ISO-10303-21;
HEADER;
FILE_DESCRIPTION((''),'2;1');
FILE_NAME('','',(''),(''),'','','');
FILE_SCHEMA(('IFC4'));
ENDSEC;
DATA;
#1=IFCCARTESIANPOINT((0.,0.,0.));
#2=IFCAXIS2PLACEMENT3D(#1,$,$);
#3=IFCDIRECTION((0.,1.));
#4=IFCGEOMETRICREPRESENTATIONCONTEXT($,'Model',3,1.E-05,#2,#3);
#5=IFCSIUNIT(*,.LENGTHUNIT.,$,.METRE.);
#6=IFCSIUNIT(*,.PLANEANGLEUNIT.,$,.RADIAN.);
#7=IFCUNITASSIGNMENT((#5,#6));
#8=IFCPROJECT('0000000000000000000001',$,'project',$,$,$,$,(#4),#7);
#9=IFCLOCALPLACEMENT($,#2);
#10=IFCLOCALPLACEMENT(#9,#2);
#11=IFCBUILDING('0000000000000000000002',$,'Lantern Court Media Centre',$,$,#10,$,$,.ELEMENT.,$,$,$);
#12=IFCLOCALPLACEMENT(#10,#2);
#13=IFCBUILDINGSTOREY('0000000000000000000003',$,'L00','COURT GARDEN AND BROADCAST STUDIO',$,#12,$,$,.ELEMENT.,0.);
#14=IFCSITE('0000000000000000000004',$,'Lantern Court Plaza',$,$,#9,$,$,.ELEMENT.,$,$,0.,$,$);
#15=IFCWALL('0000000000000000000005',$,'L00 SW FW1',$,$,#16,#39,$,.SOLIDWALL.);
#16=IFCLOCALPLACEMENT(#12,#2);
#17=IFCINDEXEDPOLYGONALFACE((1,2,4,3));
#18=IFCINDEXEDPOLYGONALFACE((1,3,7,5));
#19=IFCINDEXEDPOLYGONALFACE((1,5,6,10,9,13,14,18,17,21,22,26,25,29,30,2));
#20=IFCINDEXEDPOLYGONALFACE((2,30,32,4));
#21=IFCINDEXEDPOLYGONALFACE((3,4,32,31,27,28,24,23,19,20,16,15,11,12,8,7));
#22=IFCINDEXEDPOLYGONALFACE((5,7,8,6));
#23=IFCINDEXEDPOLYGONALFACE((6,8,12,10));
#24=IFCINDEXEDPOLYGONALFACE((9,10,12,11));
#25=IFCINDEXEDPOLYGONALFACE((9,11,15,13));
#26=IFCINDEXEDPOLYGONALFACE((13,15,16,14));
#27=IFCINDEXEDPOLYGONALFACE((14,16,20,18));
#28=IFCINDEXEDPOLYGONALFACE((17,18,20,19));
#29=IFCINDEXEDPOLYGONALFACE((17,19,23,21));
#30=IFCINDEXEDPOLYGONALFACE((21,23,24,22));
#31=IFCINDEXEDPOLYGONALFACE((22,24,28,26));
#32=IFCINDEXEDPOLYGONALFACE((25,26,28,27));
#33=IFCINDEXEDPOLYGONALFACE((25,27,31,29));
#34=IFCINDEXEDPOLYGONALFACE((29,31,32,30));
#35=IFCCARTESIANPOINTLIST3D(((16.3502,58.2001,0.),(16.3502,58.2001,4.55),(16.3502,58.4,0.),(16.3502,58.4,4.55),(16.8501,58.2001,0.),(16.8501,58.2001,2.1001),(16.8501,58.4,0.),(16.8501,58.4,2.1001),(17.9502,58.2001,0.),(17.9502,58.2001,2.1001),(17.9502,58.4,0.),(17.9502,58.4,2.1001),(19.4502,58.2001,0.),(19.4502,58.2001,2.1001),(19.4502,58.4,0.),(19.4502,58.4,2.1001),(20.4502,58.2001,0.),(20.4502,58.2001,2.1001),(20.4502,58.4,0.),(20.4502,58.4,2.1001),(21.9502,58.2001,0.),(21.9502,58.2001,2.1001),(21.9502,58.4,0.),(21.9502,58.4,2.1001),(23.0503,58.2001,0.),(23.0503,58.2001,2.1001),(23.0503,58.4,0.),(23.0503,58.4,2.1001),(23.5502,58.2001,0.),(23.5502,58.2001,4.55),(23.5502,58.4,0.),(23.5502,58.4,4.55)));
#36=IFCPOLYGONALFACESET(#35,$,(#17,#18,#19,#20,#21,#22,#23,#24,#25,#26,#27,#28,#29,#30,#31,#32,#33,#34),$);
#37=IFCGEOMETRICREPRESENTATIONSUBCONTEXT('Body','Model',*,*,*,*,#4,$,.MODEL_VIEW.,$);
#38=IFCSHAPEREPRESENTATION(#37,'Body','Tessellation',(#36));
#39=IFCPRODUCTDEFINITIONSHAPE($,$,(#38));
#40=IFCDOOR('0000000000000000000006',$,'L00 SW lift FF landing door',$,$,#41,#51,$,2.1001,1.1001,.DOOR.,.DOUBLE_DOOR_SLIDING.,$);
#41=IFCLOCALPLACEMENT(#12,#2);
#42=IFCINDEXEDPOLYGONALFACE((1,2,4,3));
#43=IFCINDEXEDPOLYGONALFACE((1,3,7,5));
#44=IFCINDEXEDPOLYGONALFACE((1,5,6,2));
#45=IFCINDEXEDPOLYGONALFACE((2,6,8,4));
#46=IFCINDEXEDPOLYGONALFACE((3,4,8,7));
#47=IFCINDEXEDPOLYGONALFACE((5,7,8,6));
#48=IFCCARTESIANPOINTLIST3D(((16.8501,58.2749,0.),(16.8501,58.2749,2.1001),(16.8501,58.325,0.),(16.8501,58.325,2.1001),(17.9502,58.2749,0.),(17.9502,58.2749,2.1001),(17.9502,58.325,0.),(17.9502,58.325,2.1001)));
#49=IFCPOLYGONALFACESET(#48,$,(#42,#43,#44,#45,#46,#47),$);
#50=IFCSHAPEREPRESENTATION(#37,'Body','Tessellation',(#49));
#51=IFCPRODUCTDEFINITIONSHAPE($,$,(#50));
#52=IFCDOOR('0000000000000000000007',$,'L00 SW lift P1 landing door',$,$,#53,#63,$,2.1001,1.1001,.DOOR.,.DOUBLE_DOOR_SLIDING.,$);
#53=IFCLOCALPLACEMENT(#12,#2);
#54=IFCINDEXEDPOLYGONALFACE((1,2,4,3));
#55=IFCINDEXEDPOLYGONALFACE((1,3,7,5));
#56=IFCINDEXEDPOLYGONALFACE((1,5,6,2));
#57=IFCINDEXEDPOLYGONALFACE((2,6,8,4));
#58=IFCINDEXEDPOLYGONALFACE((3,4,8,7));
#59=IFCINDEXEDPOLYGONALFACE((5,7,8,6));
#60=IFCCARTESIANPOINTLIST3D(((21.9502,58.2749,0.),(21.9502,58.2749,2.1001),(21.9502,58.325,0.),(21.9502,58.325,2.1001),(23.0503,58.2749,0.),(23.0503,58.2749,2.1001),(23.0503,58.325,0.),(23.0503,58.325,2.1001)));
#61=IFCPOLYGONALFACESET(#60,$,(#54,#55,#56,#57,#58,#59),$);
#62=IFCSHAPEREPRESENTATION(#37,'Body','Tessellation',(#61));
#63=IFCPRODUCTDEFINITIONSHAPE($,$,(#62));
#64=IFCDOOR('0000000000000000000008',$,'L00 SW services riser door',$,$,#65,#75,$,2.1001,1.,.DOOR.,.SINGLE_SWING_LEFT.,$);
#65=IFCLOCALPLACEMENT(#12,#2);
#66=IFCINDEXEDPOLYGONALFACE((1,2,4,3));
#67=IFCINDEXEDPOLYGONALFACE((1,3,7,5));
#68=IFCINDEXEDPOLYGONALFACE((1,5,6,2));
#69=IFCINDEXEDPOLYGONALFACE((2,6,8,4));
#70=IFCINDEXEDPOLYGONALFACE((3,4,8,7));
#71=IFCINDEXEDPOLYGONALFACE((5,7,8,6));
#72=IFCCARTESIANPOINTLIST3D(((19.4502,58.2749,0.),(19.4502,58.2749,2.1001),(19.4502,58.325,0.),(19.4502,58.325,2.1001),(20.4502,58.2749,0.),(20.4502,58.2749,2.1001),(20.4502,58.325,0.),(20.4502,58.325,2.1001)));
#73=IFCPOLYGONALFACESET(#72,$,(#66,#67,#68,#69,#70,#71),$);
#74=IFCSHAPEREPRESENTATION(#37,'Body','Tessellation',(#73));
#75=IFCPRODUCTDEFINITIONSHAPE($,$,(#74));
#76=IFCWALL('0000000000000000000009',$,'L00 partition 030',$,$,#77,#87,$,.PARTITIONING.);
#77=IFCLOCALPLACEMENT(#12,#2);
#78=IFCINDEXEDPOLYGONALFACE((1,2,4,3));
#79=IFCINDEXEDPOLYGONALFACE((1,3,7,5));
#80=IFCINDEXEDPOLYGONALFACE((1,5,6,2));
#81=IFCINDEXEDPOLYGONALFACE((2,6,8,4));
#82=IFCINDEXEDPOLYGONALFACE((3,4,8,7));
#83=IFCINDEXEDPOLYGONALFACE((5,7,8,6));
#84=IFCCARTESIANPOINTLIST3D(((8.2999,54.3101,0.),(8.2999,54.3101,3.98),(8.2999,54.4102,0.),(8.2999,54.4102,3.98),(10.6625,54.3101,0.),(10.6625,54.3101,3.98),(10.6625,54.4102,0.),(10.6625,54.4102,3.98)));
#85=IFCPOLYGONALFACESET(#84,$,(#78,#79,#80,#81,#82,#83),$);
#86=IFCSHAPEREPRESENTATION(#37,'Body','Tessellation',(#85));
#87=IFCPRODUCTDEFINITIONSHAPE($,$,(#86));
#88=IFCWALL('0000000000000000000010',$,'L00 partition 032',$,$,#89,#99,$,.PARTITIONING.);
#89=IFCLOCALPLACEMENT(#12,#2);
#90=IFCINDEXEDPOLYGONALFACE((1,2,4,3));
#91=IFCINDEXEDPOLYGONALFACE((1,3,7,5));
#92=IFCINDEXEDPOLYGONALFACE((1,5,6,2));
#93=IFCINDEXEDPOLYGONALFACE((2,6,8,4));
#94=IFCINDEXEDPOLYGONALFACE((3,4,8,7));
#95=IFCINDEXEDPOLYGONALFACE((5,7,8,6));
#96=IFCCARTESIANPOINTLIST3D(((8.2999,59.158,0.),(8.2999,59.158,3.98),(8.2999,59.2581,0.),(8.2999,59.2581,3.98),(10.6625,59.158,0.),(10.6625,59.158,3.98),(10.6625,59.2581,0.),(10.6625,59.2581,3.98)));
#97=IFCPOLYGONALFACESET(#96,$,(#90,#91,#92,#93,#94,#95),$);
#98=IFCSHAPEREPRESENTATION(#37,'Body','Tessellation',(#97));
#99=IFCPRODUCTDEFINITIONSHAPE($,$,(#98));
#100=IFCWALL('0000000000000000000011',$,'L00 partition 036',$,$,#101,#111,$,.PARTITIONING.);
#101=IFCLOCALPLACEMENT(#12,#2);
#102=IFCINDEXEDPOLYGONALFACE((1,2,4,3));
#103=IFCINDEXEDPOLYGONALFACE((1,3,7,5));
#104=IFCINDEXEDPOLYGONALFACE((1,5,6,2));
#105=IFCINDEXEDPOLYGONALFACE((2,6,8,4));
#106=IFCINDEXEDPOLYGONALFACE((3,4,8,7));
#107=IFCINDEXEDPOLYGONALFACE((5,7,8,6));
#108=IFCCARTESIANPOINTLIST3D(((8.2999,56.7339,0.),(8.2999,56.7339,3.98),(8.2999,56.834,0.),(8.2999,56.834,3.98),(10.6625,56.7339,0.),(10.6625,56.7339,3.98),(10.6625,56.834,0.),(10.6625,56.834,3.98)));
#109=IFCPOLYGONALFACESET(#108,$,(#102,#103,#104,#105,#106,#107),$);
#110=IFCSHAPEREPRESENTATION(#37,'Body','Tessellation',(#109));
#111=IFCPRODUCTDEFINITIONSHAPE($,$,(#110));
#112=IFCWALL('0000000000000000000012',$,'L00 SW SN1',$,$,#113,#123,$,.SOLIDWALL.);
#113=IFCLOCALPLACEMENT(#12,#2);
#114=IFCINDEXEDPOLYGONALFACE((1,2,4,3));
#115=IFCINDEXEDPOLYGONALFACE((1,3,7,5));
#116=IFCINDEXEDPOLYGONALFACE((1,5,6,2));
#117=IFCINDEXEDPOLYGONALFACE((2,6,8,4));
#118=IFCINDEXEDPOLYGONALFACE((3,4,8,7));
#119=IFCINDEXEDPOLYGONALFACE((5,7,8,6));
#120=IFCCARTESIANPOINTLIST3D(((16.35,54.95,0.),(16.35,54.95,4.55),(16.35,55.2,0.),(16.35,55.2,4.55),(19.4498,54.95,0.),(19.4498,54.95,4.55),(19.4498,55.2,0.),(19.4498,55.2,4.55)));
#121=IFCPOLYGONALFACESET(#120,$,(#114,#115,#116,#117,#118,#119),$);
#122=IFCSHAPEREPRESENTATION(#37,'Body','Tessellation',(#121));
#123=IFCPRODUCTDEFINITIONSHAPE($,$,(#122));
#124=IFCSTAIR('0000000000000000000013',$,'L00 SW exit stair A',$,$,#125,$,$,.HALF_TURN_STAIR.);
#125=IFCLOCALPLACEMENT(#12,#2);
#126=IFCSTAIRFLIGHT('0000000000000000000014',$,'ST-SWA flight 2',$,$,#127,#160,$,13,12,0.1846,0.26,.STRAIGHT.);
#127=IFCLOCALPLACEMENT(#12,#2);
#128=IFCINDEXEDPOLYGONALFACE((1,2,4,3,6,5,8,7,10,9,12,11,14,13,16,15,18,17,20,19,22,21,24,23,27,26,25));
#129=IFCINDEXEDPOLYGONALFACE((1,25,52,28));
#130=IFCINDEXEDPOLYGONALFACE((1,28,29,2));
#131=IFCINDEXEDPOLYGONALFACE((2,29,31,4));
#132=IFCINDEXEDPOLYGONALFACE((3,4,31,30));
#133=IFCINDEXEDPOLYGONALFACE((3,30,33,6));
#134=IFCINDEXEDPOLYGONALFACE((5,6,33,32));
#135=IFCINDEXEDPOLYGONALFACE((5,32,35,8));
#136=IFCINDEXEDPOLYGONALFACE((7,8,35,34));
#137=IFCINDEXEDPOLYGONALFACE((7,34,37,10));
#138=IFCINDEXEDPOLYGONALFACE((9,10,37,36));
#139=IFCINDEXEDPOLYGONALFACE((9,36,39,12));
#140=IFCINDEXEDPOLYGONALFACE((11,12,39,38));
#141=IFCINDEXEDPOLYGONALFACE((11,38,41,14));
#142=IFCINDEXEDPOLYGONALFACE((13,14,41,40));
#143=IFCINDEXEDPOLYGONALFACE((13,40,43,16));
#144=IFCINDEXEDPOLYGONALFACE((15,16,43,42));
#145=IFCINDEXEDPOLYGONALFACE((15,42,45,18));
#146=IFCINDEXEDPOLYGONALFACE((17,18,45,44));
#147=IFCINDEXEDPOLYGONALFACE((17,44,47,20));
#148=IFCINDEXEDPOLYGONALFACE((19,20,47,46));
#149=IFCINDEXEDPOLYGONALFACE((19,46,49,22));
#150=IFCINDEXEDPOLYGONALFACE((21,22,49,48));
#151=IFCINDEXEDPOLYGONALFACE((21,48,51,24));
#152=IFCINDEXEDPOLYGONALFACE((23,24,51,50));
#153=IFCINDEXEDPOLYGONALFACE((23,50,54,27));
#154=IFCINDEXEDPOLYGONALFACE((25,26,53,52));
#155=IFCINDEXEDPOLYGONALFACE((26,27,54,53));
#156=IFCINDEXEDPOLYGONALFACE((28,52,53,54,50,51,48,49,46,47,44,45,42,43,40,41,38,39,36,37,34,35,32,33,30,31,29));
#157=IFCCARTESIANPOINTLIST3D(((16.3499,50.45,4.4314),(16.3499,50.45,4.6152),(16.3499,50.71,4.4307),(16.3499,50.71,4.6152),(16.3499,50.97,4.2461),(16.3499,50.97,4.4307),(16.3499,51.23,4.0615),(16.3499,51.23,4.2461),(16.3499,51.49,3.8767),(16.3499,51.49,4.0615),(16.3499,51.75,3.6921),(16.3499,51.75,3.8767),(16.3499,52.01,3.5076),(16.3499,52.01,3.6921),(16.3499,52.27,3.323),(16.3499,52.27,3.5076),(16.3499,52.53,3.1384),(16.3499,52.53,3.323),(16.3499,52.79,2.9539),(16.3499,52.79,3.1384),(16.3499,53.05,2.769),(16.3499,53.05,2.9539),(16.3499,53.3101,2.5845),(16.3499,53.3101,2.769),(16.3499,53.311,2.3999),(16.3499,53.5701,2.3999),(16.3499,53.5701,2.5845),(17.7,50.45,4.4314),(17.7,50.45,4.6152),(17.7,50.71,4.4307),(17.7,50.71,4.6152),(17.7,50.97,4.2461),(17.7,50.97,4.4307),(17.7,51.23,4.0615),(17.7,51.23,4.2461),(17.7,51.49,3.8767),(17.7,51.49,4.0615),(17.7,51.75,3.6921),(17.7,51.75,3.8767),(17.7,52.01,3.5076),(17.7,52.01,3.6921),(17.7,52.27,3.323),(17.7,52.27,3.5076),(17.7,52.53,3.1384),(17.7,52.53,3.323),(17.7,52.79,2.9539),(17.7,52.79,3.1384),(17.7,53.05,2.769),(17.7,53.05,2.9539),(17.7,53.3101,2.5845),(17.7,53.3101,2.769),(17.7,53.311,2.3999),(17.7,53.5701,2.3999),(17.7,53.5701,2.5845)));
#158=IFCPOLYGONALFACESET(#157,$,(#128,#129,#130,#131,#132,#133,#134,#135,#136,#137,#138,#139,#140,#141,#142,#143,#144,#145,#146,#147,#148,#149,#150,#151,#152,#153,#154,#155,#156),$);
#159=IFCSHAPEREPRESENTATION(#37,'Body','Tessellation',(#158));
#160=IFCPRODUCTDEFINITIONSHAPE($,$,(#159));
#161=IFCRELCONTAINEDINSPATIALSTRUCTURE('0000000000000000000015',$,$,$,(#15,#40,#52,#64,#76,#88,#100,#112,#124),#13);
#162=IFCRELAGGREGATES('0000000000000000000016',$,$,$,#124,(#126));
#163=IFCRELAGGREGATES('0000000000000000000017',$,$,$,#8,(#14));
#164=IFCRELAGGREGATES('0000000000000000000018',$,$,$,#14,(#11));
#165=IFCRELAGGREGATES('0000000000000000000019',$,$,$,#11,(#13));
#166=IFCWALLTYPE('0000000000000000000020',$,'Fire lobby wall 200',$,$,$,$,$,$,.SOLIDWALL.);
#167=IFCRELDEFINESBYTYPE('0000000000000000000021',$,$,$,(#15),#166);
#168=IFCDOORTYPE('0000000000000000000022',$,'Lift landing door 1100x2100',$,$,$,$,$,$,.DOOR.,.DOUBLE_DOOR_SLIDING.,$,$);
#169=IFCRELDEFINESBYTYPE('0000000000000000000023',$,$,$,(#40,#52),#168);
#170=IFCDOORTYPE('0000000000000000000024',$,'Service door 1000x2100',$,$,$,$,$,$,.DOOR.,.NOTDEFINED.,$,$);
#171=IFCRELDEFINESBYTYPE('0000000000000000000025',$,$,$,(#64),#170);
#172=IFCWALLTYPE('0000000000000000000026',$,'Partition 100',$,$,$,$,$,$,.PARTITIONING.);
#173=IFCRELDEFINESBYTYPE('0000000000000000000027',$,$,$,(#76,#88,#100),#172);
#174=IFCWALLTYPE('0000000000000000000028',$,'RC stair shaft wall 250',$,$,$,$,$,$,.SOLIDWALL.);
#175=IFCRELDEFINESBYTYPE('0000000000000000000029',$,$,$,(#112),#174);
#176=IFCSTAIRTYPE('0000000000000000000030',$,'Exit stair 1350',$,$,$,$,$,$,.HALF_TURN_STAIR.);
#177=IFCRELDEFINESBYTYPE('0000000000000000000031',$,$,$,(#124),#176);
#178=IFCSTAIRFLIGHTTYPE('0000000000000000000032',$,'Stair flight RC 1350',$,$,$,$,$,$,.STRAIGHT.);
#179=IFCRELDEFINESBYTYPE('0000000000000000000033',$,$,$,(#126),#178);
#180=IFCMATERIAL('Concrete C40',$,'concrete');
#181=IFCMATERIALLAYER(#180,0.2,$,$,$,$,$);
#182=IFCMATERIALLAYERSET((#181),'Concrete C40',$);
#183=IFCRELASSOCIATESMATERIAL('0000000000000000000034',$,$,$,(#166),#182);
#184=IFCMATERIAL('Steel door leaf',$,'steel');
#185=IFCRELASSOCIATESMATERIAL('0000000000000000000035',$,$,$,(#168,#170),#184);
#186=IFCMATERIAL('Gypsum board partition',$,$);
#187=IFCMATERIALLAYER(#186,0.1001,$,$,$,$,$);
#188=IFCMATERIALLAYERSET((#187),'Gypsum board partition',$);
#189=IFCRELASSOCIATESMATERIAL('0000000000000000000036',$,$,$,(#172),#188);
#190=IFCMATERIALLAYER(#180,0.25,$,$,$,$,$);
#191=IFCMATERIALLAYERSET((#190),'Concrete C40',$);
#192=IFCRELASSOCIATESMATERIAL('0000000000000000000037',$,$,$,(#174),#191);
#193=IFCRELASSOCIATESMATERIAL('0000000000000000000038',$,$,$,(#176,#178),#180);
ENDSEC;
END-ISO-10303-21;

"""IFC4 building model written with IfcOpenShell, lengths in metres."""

from ifc_helpers import new_model, si_unit, direction, frame, frame_2d, origin, place, context, subcontext, project, spatial, polyline, rectangle, outline, extrude, material, layer, layer_set, type_object, element, fill, aggregate, save


model = new_model("IFC4")

# Units and contexts
model_context = context("Model", 3, precision=1e-05, world=origin(), true_north=direction((0.0, 1.0)))
body_context = subcontext(model_context, "Body", "Model", "MODEL_VIEW")
ifc_project = project(units=[si_unit("LENGTHUNIT", "METRE"), si_unit("PLANEANGLEUNIT", "RADIAN")], contexts=[model_context])

# Site, building, storey
site_placement = place(None, origin())
site = spatial("IfcSite", under=ifc_project, at=site_placement, Name="Lantern Court Plaza", CompositionType="ELEMENT", RefElevation=0.0)
building_placement = place(site_placement, origin())
building = spatial("IfcBuilding", under=site, at=building_placement, Name="Lantern Court Media Centre", CompositionType="ELEMENT")
storey_placement = place(building_placement, origin())
storey = spatial("IfcBuildingStorey", under=building, at=storey_placement, Name="L00", Description="COURT GARDEN AND BROADCAST STUDIO", CompositionType="ELEMENT", Elevation=0.0)

# Shared definitions
ifc_material_1 = material(Name="Gypsum board partition")

# Wall, openings, doors
ifc_material_2 = material(Name="Concrete C40", Category="concrete")
ifc_layer_1 = layer(ifc_material_2, 0.2)
ifc_layer_set_1 = layer_set([ifc_layer_1], Name="Concrete C40")
wall_type_1 = type_object("IfcWallType", Name="Fire lobby wall 200", PredefinedType="SOLIDWALL", material=ifc_layer_set_1)
wall_1_placement = place(storey_placement, frame((16.3501, 58.3, 0.0), z_axis=(0.0, 0.0, 1.0), x_axis=(1.0, 0.0, 0.0)))
wall_1 = element("IfcWall", 1, at=wall_1_placement, inside=storey, type_object=wall_type_1, Name="L00 SW FW1", PredefinedType="SOLIDWALL", context=body_context, shape_type="SweptSolid", body=[
    extrude(rectangle(XDim=7.2, YDim=0.2, at=frame_2d((3.6001, 0.0))), origin(), (0.0, 0.0, 1.0), 4.55),
])
opening_1_placement = place(wall_1_placement, frame((0.5, 0.0, 0.0)))
opening_1 = element("IfcOpeningElement", 2, at=opening_1_placement, cuts=wall_1, PredefinedType="OPENING", context=body_context, shape_type="SweptSolid", body=[
    extrude(rectangle(XDim=1.1001, YDim=2.1001, at=frame_2d((0.55, 1.05))), frame((0.0, 0.1099, 0.0), z_axis=(0.0, -1.0, 0.0), x_axis=(1.0, 0.0, 0.0)), (0.0, 0.0, 1.0), 0.22),
])
opening_2_placement = place(wall_1_placement, frame((5.6001, 0.0, 0.0)))
opening_2 = element("IfcOpeningElement", 3, at=opening_2_placement, cuts=wall_1, PredefinedType="OPENING", context=body_context, shape_type="SweptSolid", body=[
    extrude(rectangle(XDim=1.1001, YDim=2.1001, at=frame_2d((0.55, 1.05))), frame((0.0, 0.1099, 0.0), z_axis=(0.0, -1.0, 0.0), x_axis=(1.0, 0.0, 0.0)), (0.0, 0.0, 1.0), 0.22),
])
opening_3_placement = place(wall_1_placement, frame((3.1001, 0.0, 0.0)))
opening_3 = element("IfcOpeningElement", 4, at=opening_3_placement, cuts=wall_1, PredefinedType="OPENING", context=body_context, shape_type="SweptSolid", body=[
    extrude(rectangle(XDim=1.0, YDim=2.1001, at=frame_2d((0.5, 1.05))), frame((0.0, 0.1099, 0.0), z_axis=(0.0, -1.0, 0.0), x_axis=(1.0, 0.0, 0.0)), (0.0, 0.0, 1.0), 0.22),
])
ifc_material_3 = material(Name="Steel door leaf", Category="steel")
door_type_1 = type_object("IfcDoorType", Name="Lift landing door 1100x2100", OperationType="DOUBLE_DOOR_SLIDING", PredefinedType="DOOR", material=ifc_material_3)
door_1_placement = place(opening_1_placement, origin())
door_1 = element("IfcDoor", 5, at=door_1_placement, inside=storey, type_object=door_type_1, Name="L00 SW lift FF landing door", OperationType="DOUBLE_DOOR_SLIDING", OverallHeight=2.1001, OverallWidth=1.1001, PredefinedType="DOOR", context=body_context, shape_type="SweptSolid", body=[
    extrude(rectangle(XDim=1.1001, YDim=2.1001, at=frame_2d((0.55, 1.05))), frame((0.0, 0.0249, 0.0), z_axis=(0.0, -1.0, 0.0), x_axis=(1.0, 0.0, 0.0)), (0.0, 0.0, 1.0), 0.05),
])
fill(opening_1, door_1)
door_2_placement = place(opening_2_placement, origin())
door_2 = element("IfcDoor", 6, at=door_2_placement, inside=storey, type_object=door_type_1, Name="L00 SW lift P1 landing door", OperationType="DOUBLE_DOOR_SLIDING", OverallHeight=2.1001, OverallWidth=1.1001, PredefinedType="DOOR", context=body_context, shape_type="SweptSolid", body=[
    extrude(rectangle(XDim=1.1001, YDim=2.1001, at=frame_2d((0.55, 1.05))), frame((0.0, 0.0249, 0.0), z_axis=(0.0, -1.0, 0.0), x_axis=(1.0, 0.0, 0.0)), (0.0, 0.0, 1.0), 0.05),
])
fill(opening_2, door_2)
door_type_2 = type_object("IfcDoorType", Name="Service door 1000x2100", OperationType="NOTDEFINED", PredefinedType="DOOR", material=ifc_material_3)
door_3_placement = place(opening_3_placement, origin())
door_3 = element("IfcDoor", 7, at=door_3_placement, inside=storey, type_object=door_type_2, Name="L00 SW services riser door", OperationType="SINGLE_SWING_LEFT", OverallHeight=2.1001, OverallWidth=1.0, PredefinedType="DOOR", context=body_context, shape_type="SweptSolid", body=[
    extrude(rectangle(XDim=1.0, YDim=2.1001, at=frame_2d((0.5, 1.05))), frame((0.0, 0.0249, 0.0), z_axis=(0.0, -1.0, 0.0), x_axis=(1.0, 0.0, 0.0)), (0.0, 0.0, 1.0), 0.05),
])
fill(opening_3, door_3)

# Walls
ifc_layer_2 = layer(ifc_material_1, 0.1001)
ifc_layer_set_2 = layer_set([ifc_layer_2], Name="Gypsum board partition")
wall_type_2 = type_object("IfcWallType", Name="Partition 100", PredefinedType="PARTITIONING", material=ifc_layer_set_2)
for number, where, z_axis, x_axis, name in (
    (8, (8.3, 54.3601, 0.0), (0.0, 0.0, 1.0), (1.0, 0.0, 0.0), "L00 partition 030"),
    (9, (8.3, 59.208, 0.0), (0.0, 0.0, 1.0), (1.0, 0.0, 0.0), "L00 partition 032"),
    (10, (8.3, 56.7839, 0.0), (0.0, 0.0, 1.0), (1.0, 0.0, 0.0), "L00 partition 036"),
):
    element("IfcWall", number, at=place(storey_placement, frame(where, z_axis=z_axis, x_axis=x_axis)), inside=storey, type_object=wall_type_2, Name=name, PredefinedType="PARTITIONING", context=body_context, shape_type="SweptSolid", body=[
        extrude(rectangle(XDim=2.3625, YDim=0.1001, at=frame_2d((1.1812, 0.0))), origin(), (0.0, 0.0, 1.0), 3.98),
    ])
ifc_layer_3 = layer(ifc_material_2, 0.25)
ifc_layer_set_3 = layer_set([ifc_layer_3], Name="Concrete C40")
wall_type_3 = type_object("IfcWallType", Name="RC stair shaft wall 250", PredefinedType="SOLIDWALL", material=ifc_layer_set_3)
wall_2_placement = place(storey_placement, frame((16.3501, 55.075, 0.0), z_axis=(0.0, 0.0, 1.0), x_axis=(1.0, 0.0, 0.0)))
element("IfcWall", 11, at=wall_2_placement, inside=storey, type_object=wall_type_3, Name="L00 SW SN1", PredefinedType="SOLIDWALL", context=body_context, shape_type="SweptSolid", body=[
    extrude(rectangle(XDim=3.0999, YDim=0.25, at=frame_2d((1.5498, 0.0))), origin(), (0.0, 0.0, 1.0), 4.55),
])

# Stair, stair flight
stair_type = type_object("IfcStairType", Name="Exit stair 1350", PredefinedType="HALF_TURN_STAIR", material=ifc_material_2)
stair_placement = place(storey_placement, origin())
stair = element("IfcStair", 12, at=stair_placement, inside=storey, type_object=stair_type, Name="L00 SW exit stair A", PredefinedType="HALF_TURN_STAIR")
stair_flight_type = type_object("IfcStairFlightType", Name="Stair flight RC 1350", PredefinedType="STRAIGHT", material=ifc_material_2)
stair_flight_placement = place(storey_placement, frame((17.0249, 53.5701, 2.3999), z_axis=(0.0, 0.0, 1.0), x_axis=(0.0, -1.0, 0.0)))
stair_flight = element("IfcStairFlight", 13, at=stair_flight_placement, type_object=stair_flight_type, Name="ST-SWA flight 2", NumberOfRisers=13, NumberOfTreads=12, PredefinedType="STRAIGHT", RiserHeight=0.1846, TreadLength=0.26, context=body_context, shape_type="SweptSolid", body=[
    extrude(outline(polyline([(0.0, 0.0), (0.0, 0.1846), (0.26, 0.1846), (0.26, 0.3691), (0.52, 0.3691), (0.52, 0.554), (0.78, 0.554), (0.78, 0.7385), (1.04, 0.7385), (1.04, 0.9231), (1.3, 0.9231), (1.3, 1.1077), (1.5601, 1.1077), (1.5601, 1.2922), (1.8201, 1.2922), (1.8201, 1.4768), (2.0801, 1.4768), (2.0801, 1.6616), (2.3401, 1.6616), (2.3401, 1.8462), (2.6001, 1.8462), (2.6001, 2.0308), (2.8601, 2.0308), (2.8601, 2.2153), (3.1201, 2.2153), (3.1201, 2.3999), (3.1201, 2.0315), (0.259, 0.0), (0.0, 0.0)])), frame((0.0, 0.675, 0.0), z_axis=(0.0, -1.0, 0.0), x_axis=(1.0, 0.0, 0.0)), (0.0, 0.0, 1.0), 1.3501),
])
aggregate(stair, [stair_flight])

save(model, "model.ifc")
